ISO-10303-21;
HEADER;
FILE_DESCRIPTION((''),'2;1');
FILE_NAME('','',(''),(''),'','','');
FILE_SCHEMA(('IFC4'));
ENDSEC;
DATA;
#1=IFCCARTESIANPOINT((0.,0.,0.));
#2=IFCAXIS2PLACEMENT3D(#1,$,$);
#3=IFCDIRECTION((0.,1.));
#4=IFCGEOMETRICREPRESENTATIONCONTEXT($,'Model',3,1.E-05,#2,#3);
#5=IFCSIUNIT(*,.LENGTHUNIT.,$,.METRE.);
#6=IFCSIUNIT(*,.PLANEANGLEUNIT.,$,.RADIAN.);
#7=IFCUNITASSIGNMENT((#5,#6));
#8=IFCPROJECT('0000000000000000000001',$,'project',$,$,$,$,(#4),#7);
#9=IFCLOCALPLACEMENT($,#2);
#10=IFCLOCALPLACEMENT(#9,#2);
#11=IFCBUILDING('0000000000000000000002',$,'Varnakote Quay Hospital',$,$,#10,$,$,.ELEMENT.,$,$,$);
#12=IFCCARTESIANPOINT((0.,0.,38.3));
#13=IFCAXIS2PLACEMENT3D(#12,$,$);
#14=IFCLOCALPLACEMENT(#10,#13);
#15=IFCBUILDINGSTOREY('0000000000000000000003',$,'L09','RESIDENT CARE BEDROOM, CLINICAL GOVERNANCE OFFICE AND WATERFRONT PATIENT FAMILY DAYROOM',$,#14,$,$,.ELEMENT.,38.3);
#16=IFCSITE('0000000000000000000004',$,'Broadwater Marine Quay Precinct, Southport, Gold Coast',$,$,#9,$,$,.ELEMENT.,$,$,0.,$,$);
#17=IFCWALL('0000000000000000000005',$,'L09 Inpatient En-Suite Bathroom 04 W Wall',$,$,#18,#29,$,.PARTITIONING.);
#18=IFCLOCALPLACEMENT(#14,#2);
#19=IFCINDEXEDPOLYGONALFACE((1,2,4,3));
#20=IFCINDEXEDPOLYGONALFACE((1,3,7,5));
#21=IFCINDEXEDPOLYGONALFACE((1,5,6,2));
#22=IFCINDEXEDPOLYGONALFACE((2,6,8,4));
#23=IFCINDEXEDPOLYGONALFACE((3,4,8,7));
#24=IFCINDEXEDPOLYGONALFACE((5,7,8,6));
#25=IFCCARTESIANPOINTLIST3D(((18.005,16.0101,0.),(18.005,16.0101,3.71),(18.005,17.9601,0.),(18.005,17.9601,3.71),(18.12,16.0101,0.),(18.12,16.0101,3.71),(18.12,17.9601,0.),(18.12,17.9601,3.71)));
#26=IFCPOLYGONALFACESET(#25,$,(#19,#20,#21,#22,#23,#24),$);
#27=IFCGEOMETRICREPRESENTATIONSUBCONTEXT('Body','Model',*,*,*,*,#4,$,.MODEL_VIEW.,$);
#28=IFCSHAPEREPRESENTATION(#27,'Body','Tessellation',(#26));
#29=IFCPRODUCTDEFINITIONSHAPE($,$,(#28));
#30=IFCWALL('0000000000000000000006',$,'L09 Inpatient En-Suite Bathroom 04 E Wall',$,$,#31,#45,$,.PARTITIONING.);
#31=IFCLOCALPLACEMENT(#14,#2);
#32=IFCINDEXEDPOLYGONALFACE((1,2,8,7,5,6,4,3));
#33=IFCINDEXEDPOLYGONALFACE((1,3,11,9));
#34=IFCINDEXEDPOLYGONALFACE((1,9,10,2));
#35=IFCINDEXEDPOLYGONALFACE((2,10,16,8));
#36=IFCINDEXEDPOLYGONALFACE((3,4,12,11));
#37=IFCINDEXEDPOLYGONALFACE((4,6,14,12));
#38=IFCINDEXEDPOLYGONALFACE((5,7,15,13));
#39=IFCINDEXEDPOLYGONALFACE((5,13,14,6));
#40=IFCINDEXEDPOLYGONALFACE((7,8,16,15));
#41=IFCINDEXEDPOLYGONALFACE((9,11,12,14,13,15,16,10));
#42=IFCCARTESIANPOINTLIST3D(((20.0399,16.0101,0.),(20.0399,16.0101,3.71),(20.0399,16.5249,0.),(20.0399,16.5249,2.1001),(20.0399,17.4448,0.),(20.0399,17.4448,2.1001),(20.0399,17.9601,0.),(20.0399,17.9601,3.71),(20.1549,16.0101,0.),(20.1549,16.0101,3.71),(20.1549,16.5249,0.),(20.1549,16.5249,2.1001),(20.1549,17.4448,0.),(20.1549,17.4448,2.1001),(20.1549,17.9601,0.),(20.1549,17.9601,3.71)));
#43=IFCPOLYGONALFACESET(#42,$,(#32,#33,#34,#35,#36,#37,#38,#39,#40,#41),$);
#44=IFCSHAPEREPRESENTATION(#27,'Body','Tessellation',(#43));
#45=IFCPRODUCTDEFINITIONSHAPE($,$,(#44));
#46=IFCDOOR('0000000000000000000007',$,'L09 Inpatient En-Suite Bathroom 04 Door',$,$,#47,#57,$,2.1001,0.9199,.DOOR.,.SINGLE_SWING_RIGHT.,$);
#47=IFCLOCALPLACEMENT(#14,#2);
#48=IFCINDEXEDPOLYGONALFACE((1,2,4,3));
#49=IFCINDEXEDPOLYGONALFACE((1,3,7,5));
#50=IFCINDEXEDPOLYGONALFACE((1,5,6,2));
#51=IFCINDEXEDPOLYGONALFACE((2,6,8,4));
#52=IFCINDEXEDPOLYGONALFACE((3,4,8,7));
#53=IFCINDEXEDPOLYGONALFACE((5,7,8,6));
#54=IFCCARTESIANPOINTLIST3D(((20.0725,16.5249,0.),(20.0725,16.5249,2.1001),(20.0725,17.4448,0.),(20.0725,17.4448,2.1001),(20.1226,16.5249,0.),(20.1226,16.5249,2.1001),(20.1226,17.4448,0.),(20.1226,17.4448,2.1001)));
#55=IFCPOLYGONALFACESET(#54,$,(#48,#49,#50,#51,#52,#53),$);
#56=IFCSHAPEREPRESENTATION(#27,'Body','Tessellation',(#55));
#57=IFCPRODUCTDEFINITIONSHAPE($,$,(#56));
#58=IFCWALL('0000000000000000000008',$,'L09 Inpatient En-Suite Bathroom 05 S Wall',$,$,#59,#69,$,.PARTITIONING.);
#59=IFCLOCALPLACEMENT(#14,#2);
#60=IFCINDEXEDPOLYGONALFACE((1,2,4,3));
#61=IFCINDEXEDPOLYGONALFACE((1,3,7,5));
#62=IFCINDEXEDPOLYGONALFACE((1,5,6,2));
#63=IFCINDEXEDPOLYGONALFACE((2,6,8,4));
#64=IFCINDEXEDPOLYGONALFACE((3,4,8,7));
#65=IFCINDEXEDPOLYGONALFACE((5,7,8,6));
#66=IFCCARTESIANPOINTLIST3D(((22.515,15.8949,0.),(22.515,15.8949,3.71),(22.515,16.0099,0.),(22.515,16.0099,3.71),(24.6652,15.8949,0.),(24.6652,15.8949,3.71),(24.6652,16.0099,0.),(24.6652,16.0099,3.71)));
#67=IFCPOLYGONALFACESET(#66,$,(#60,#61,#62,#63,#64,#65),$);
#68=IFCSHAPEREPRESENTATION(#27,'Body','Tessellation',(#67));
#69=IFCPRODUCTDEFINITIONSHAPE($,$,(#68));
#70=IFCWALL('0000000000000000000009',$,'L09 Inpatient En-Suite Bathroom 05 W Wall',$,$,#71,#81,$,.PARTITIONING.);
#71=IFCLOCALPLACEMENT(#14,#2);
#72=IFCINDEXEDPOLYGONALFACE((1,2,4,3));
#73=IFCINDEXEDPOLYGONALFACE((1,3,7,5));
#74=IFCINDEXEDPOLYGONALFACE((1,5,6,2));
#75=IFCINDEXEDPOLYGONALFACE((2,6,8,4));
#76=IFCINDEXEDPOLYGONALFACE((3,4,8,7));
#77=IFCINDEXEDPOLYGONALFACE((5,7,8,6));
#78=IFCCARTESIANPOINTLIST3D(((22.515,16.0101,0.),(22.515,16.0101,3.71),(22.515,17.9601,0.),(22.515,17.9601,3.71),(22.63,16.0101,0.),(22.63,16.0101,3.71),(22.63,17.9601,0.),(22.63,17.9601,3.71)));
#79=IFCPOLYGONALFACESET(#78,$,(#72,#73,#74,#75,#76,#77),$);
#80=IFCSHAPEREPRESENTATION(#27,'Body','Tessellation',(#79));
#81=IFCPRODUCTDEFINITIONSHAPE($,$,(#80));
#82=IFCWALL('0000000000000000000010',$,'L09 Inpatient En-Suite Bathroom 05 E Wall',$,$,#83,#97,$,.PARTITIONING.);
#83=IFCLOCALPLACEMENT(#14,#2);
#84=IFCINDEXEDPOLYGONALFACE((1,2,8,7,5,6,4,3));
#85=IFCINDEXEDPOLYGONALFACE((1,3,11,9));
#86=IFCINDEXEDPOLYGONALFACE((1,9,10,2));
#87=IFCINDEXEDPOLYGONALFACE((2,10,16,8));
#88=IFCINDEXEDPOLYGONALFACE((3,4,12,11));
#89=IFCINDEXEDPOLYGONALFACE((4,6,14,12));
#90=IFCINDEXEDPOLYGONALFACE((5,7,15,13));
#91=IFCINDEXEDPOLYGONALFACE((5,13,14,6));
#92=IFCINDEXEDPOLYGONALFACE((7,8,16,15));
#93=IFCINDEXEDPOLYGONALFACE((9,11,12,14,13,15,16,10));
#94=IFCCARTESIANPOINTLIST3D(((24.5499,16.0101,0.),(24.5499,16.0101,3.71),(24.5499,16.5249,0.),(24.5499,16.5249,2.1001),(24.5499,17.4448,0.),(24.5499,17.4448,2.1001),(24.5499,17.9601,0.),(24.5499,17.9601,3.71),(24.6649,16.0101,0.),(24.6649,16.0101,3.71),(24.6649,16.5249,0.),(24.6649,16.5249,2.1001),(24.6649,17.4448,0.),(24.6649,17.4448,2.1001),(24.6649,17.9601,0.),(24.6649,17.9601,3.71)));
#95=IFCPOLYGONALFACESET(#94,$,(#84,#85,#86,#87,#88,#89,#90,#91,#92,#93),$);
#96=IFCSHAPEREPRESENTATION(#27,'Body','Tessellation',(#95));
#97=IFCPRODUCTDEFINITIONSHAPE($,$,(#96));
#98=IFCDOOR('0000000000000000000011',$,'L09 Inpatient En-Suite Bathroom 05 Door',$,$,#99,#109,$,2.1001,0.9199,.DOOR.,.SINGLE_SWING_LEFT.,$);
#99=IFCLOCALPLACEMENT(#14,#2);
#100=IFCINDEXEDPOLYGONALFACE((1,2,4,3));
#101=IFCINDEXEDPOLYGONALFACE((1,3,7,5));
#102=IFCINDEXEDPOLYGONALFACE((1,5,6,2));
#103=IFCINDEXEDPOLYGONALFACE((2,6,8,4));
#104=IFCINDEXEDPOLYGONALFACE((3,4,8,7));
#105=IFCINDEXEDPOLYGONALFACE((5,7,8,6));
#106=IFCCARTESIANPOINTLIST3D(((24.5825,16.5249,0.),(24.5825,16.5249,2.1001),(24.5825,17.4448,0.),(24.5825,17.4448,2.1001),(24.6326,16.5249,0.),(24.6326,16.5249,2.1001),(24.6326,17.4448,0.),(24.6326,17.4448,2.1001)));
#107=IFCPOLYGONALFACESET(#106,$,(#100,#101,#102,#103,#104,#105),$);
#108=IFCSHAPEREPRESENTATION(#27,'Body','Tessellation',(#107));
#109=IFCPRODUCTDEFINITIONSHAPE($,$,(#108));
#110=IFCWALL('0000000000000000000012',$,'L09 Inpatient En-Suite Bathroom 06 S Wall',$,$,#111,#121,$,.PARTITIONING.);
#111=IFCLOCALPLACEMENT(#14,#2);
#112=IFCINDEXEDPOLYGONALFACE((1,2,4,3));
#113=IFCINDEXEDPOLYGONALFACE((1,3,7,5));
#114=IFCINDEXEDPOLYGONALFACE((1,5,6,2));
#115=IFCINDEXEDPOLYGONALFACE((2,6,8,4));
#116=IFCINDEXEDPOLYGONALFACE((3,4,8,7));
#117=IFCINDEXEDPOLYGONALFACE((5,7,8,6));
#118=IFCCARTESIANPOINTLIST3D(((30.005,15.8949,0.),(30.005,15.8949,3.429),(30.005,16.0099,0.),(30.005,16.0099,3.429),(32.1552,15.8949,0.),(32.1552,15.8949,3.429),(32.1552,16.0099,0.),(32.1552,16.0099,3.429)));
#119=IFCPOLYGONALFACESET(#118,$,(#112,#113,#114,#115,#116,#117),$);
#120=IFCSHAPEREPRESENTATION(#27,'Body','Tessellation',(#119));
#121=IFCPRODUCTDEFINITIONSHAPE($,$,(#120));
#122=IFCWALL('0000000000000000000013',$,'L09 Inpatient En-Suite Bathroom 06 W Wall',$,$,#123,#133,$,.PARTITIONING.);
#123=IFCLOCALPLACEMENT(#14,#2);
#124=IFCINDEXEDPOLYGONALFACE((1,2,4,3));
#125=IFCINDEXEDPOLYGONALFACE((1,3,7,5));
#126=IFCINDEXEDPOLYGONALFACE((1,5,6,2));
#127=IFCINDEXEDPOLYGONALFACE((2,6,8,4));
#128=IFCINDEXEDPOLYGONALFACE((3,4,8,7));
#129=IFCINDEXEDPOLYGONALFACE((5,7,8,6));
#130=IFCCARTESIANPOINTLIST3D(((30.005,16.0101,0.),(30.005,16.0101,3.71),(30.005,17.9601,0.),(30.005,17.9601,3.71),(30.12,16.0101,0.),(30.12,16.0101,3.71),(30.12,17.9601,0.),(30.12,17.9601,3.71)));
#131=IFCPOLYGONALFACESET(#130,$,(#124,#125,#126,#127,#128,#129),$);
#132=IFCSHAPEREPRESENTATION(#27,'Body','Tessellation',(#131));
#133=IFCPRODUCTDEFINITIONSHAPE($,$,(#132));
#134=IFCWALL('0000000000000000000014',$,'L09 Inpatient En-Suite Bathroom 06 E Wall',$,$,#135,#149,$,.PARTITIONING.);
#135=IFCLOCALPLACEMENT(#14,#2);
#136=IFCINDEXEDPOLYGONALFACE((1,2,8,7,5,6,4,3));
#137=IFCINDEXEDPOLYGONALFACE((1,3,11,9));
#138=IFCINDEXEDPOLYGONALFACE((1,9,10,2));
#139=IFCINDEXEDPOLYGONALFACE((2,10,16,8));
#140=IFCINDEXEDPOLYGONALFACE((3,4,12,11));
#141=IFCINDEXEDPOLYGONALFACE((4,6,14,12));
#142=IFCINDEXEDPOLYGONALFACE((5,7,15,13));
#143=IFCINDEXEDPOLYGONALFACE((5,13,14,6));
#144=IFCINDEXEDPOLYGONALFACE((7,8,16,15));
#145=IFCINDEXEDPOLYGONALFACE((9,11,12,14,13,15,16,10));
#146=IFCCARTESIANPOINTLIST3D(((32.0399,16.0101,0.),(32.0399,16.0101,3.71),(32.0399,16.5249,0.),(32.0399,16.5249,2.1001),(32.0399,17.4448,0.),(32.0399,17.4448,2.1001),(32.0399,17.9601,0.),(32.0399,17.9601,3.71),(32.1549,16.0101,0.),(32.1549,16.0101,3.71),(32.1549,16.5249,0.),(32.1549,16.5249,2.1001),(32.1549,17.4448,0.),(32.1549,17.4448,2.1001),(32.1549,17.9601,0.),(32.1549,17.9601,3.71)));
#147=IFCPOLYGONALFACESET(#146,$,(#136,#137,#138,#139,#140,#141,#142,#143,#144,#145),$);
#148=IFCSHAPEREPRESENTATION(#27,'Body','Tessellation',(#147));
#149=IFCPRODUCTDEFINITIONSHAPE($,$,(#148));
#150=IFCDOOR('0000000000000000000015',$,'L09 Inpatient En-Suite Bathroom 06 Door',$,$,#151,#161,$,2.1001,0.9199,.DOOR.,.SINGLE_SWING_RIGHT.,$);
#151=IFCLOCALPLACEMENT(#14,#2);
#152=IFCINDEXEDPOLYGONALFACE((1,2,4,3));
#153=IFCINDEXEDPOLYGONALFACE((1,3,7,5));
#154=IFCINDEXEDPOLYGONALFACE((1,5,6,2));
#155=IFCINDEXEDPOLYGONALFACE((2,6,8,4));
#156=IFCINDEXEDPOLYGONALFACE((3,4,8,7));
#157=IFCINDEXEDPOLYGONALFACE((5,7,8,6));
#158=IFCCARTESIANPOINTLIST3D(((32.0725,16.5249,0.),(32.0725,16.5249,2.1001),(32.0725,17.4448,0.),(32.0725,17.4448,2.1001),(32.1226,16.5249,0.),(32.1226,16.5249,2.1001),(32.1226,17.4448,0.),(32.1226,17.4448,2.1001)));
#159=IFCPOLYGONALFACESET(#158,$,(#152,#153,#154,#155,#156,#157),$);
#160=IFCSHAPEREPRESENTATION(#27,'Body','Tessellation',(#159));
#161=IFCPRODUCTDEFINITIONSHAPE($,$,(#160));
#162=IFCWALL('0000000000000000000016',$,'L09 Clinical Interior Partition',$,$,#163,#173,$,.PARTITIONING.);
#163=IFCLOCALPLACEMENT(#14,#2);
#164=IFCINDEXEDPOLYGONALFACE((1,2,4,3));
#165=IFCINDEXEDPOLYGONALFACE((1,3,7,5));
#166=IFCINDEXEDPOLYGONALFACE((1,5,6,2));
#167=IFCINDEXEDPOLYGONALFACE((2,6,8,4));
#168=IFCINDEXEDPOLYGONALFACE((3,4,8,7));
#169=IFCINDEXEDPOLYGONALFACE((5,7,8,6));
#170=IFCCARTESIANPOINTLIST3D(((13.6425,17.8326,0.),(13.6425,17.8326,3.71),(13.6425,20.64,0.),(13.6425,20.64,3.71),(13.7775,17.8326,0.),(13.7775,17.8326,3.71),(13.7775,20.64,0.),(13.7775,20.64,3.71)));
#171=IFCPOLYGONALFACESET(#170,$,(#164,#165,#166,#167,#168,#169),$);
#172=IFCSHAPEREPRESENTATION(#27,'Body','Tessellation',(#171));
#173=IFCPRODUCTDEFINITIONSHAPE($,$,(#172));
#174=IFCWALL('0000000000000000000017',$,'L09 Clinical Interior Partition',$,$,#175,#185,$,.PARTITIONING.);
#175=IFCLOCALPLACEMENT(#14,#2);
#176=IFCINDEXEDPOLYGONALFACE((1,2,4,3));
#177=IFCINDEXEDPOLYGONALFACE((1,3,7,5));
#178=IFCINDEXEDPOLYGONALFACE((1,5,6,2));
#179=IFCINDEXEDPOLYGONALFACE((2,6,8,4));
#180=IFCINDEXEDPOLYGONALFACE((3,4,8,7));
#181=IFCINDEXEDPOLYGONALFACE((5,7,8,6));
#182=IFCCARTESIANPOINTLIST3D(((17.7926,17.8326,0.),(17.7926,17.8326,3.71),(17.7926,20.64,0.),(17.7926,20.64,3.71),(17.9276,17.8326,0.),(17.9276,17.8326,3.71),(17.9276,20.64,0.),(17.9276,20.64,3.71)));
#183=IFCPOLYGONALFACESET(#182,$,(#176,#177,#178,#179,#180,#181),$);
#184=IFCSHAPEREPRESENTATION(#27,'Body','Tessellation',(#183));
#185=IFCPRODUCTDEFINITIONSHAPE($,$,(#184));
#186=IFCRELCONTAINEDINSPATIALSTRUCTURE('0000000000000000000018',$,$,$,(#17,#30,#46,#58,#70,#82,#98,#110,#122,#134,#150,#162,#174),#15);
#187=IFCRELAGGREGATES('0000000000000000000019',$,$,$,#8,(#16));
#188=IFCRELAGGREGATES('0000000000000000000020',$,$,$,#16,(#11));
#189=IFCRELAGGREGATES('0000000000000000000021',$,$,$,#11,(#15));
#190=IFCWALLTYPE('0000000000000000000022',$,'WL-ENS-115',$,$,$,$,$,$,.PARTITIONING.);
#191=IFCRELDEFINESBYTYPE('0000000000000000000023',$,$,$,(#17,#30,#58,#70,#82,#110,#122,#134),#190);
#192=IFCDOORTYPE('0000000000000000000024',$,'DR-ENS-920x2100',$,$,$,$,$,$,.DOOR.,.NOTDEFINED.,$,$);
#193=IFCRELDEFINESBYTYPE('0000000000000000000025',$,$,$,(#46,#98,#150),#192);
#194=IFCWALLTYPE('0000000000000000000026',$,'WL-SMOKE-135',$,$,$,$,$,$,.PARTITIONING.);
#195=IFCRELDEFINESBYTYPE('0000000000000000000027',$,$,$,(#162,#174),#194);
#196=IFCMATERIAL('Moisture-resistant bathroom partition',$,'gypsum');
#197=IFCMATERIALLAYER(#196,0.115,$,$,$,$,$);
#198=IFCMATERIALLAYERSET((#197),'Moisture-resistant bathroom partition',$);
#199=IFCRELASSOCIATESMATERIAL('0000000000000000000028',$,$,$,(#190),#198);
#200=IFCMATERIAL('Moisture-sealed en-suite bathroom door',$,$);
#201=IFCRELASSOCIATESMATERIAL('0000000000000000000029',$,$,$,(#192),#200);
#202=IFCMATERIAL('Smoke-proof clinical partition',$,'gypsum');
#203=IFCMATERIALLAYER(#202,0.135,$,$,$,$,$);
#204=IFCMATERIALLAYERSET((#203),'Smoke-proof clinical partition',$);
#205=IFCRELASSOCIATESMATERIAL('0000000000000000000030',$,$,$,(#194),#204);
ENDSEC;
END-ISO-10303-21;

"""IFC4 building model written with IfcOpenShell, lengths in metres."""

from ifc_helpers import new_model, si_unit, direction, frame, frame_2d, origin, place, context, subcontext, project, spatial, rectangle, extrude, material, layer, layer_set, type_object, element, fill, save


model = new_model("IFC4")

# Units and contexts
model_context = context("Model", 3, precision=1e-05, world=origin(), true_north=direction((0.0, 1.0)))
body_context = subcontext(model_context, "Body", "Model", "MODEL_VIEW")
ifc_project = project(units=[si_unit("LENGTHUNIT", "METRE"), si_unit("PLANEANGLEUNIT", "RADIAN")], contexts=[model_context])

# Site, building, storey
site_placement = place(None, origin())
site = spatial("IfcSite", under=ifc_project, at=site_placement, Name="Broadwater Marine Quay Precinct, Southport, Gold Coast", CompositionType="ELEMENT", RefElevation=0.0)
building_placement = place(site_placement, origin())
building = spatial("IfcBuilding", under=site, at=building_placement, Name="Varnakote Quay Hospital", CompositionType="ELEMENT")
storey_placement = place(building_placement, frame((0.0, 0.0, 38.3)))
storey = spatial("IfcBuildingStorey", under=building, at=storey_placement, Name="L09", Description="RESIDENT CARE BEDROOM, CLINICAL GOVERNANCE OFFICE AND WATERFRONT PATIENT FAMILY DAYROOM", CompositionType="ELEMENT", Elevation=38.3)

# Shared definitions
ifc_material_1 = material(Name="Moisture-resistant bathroom partition", Category="gypsum")
ifc_layer_1 = layer(ifc_material_1, 0.115)
ifc_layer_set_1 = layer_set([ifc_layer_1], Name="Moisture-resistant bathroom partition")
wall_type_1 = type_object("IfcWallType", Name="WL-ENS-115", PredefinedType="PARTITIONING", material=ifc_layer_set_1)

# Shared definitions
ifc_material_2 = material(Name="Moisture-sealed en-suite bathroom door")
door_type_1 = type_object("IfcDoorType", Name="DR-ENS-920x2100", OperationType="NOTDEFINED", PredefinedType="DOOR", material=ifc_material_2)

# Wall
wall_1_placement = place(storey_placement, frame((18.0625, 16.01, 0.0), z_axis=(0.0, 0.0, 1.0), x_axis=(0.0, 1.0, 0.0)))
element("IfcWall", 1, at=wall_1_placement, inside=storey, type_object=wall_type_1, Name="L09 Inpatient En-Suite Bathroom 04 W Wall", PredefinedType="PARTITIONING", context=body_context, shape_type="SweptSolid", body=[
    extrude(rectangle(XDim=1.95, YDim=0.115, at=frame_2d((0.9751, 0.0))), origin(), (0.0, 0.0, 1.0), 3.71),
])

# Wall, opening, door
wall_2_placement = place(storey_placement, frame((20.0974, 16.01, 0.0), z_axis=(0.0, 0.0, 1.0), x_axis=(0.0, 1.0, 0.0)))
wall_2 = element("IfcWall", 2, at=wall_2_placement, inside=storey, type_object=wall_type_1, Name="L09 Inpatient En-Suite Bathroom 04 E Wall", PredefinedType="PARTITIONING", context=body_context, shape_type="SweptSolid", body=[
    extrude(rectangle(XDim=1.95, YDim=0.115, at=frame_2d((0.9751, 0.0))), origin(), (0.0, 0.0, 1.0), 3.71),
])
opening_1_placement = place(wall_2_placement, frame((0.5149, 0.0, 0.0)))
opening_1 = element("IfcOpeningElement", 3, at=opening_1_placement, cuts=wall_2, PredefinedType="OPENING", context=body_context, shape_type="SweptSolid", body=[
    extrude(rectangle(XDim=0.9199, YDim=2.1001, at=frame_2d((0.46, 1.05))), frame((0.0, 0.0674, 0.0), z_axis=(0.0, -1.0, 0.0), x_axis=(1.0, 0.0, 0.0)), (0.0, 0.0, 1.0), 0.135),
])
door_1_placement = place(opening_1_placement, origin())
door_1 = element("IfcDoor", 4, at=door_1_placement, inside=storey, type_object=door_type_1, Name="L09 Inpatient En-Suite Bathroom 04 Door", OperationType="SINGLE_SWING_RIGHT", OverallHeight=2.1001, OverallWidth=0.9199, PredefinedType="DOOR", context=body_context, shape_type="SweptSolid", body=[
    extrude(rectangle(XDim=0.9199, YDim=2.1001, at=frame_2d((0.46, 1.05))), frame((0.0, 0.0249, 0.0), z_axis=(0.0, -1.0, 0.0), x_axis=(1.0, 0.0, 0.0)), (0.0, 0.0, 1.0), 0.05),
])
fill(opening_1, door_1)

# Walls
wall_3_placement = place(storey_placement, frame((22.5149, 15.9524, 0.0), z_axis=(0.0, 0.0, 1.0), x_axis=(1.0, 0.0, 0.0)))
element("IfcWall", 5, at=wall_3_placement, inside=storey, type_object=wall_type_1, Name="L09 Inpatient En-Suite Bathroom 05 S Wall", PredefinedType="PARTITIONING", context=body_context, shape_type="SweptSolid", body=[
    extrude(rectangle(XDim=2.1501, YDim=0.115, at=frame_2d((1.0752, 0.0))), origin(), (0.0, 0.0, 1.0), 3.71),
])
wall_4_placement = place(storey_placement, frame((22.5725, 16.01, 0.0), z_axis=(0.0, 0.0, 1.0), x_axis=(0.0, 1.0, 0.0)))
element("IfcWall", 6, at=wall_4_placement, inside=storey, type_object=wall_type_1, Name="L09 Inpatient En-Suite Bathroom 05 W Wall", PredefinedType="PARTITIONING", context=body_context, shape_type="SweptSolid", body=[
    extrude(rectangle(XDim=1.95, YDim=0.115, at=frame_2d((0.9751, 0.0))), origin(), (0.0, 0.0, 1.0), 3.71),
])

# Wall, opening, door
wall_5_placement = place(storey_placement, frame((24.6074, 16.01, 0.0), z_axis=(0.0, 0.0, 1.0), x_axis=(0.0, 1.0, 0.0)))
wall_5 = element("IfcWall", 7, at=wall_5_placement, inside=storey, type_object=wall_type_1, Name="L09 Inpatient En-Suite Bathroom 05 E Wall", PredefinedType="PARTITIONING", context=body_context, shape_type="SweptSolid", body=[
    extrude(rectangle(XDim=1.95, YDim=0.115, at=frame_2d((0.9751, 0.0))), origin(), (0.0, 0.0, 1.0), 3.71),
])
opening_2_placement = place(wall_5_placement, frame((0.5149, 0.0, 0.0)))
opening_2 = element("IfcOpeningElement", 8, at=opening_2_placement, cuts=wall_5, PredefinedType="OPENING", context=body_context, shape_type="SweptSolid", body=[
    extrude(rectangle(XDim=0.9199, YDim=2.1001, at=frame_2d((0.46, 1.05))), frame((0.0, 0.0674, 0.0), z_axis=(0.0, -1.0, 0.0), x_axis=(1.0, 0.0, 0.0)), (0.0, 0.0, 1.0), 0.135),
])
door_2_placement = place(opening_2_placement, origin())
door_2 = element("IfcDoor", 9, at=door_2_placement, inside=storey, type_object=door_type_1, Name="L09 Inpatient En-Suite Bathroom 05 Door", OperationType="SINGLE_SWING_LEFT", OverallHeight=2.1001, OverallWidth=0.9199, PredefinedType="DOOR", context=body_context, shape_type="SweptSolid", body=[
    extrude(rectangle(XDim=0.9199, YDim=2.1001, at=frame_2d((0.46, 1.05))), frame((0.0, 0.0249, 0.0), z_axis=(0.0, -1.0, 0.0), x_axis=(1.0, 0.0, 0.0)), (0.0, 0.0, 1.0), 0.05),
])
fill(opening_2, door_2)

# Walls
wall_6_placement = place(storey_placement, frame((30.0049, 15.9524, 0.0), z_axis=(0.0, 0.0, 1.0), x_axis=(1.0, 0.0, 0.0)))
element("IfcWall", 10, at=wall_6_placement, inside=storey, type_object=wall_type_1, Name="L09 Inpatient En-Suite Bathroom 06 S Wall", PredefinedType="PARTITIONING", context=body_context, shape_type="SweptSolid", body=[
    extrude(rectangle(XDim=2.1501, YDim=0.115, at=frame_2d((1.0752, 0.0))), origin(), (0.0, 0.0, 1.0), 3.429),
])
wall_7_placement = place(storey_placement, frame((30.0625, 16.01, 0.0), z_axis=(0.0, 0.0, 1.0), x_axis=(0.0, 1.0, 0.0)))
element("IfcWall", 11, at=wall_7_placement, inside=storey, type_object=wall_type_1, Name="L09 Inpatient En-Suite Bathroom 06 W Wall", PredefinedType="PARTITIONING", context=body_context, shape_type="SweptSolid", body=[
    extrude(rectangle(XDim=1.95, YDim=0.115, at=frame_2d((0.9751, 0.0))), origin(), (0.0, 0.0, 1.0), 3.71),
])

# Wall, opening, door
wall_8_placement = place(storey_placement, frame((32.0974, 16.01, 0.0), z_axis=(0.0, 0.0, 1.0), x_axis=(0.0, 1.0, 0.0)))
wall_8 = element("IfcWall", 12, at=wall_8_placement, inside=storey, type_object=wall_type_1, Name="L09 Inpatient En-Suite Bathroom 06 E Wall", PredefinedType="PARTITIONING", context=body_context, shape_type="SweptSolid", body=[
    extrude(rectangle(XDim=1.95, YDim=0.115, at=frame_2d((0.9751, 0.0))), origin(), (0.0, 0.0, 1.0), 3.71),
])
opening_3_placement = place(wall_8_placement, frame((0.5149, 0.0, 0.0)))
opening_3 = element("IfcOpeningElement", 13, at=opening_3_placement, cuts=wall_8, PredefinedType="OPENING", context=body_context, shape_type="SweptSolid", body=[
    extrude(rectangle(XDim=0.9199, YDim=2.1001, at=frame_2d((0.46, 1.05))), frame((0.0, 0.0674, 0.0), z_axis=(0.0, -1.0, 0.0), x_axis=(1.0, 0.0, 0.0)), (0.0, 0.0, 1.0), 0.135),
])
door_3_placement = place(opening_3_placement, origin())
door_3 = element("IfcDoor", 14, at=door_3_placement, inside=storey, type_object=door_type_1, Name="L09 Inpatient En-Suite Bathroom 06 Door", OperationType="SINGLE_SWING_RIGHT", OverallHeight=2.1001, OverallWidth=0.9199, PredefinedType="DOOR", context=body_context, shape_type="SweptSolid", body=[
    extrude(rectangle(XDim=0.9199, YDim=2.1001, at=frame_2d((0.46, 1.05))), frame((0.0, 0.0249, 0.0), z_axis=(0.0, -1.0, 0.0), x_axis=(1.0, 0.0, 0.0)), (0.0, 0.0, 1.0), 0.05),
])
fill(opening_3, door_3)

# Walls
ifc_material_3 = material(Name="Smoke-proof clinical partition", Category="gypsum")
ifc_layer_2 = layer(ifc_material_3, 0.135)
ifc_layer_set_2 = layer_set([ifc_layer_2], Name="Smoke-proof clinical partition")
wall_type_2 = type_object("IfcWallType", Name="WL-SMOKE-135", PredefinedType="PARTITIONING", material=ifc_layer_set_2)
for number, where, z_axis, x_axis, name in (
    (15, (13.71, 17.8325, 0.0), (0.0, 0.0, 1.0), (0.0, 1.0, 0.0), "L09 Clinical Interior Partition"),
    (16, (17.8601, 17.8325, 0.0), (0.0, 0.0, 1.0), (0.0, 1.0, 0.0), "L09 Clinical Interior Partition"),
):
    element("IfcWall", number, at=place(storey_placement, frame(where, z_axis=z_axis, x_axis=x_axis)), inside=storey, type_object=wall_type_2, Name=name, PredefinedType="PARTITIONING", context=body_context, shape_type="SweptSolid", body=[
        extrude(rectangle(XDim=2.8074, YDim=0.135, at=frame_2d((1.4038, 0.0))), origin(), (0.0, 0.0, 1.0), 3.71),
    ])

save(model, "model.ifc")
